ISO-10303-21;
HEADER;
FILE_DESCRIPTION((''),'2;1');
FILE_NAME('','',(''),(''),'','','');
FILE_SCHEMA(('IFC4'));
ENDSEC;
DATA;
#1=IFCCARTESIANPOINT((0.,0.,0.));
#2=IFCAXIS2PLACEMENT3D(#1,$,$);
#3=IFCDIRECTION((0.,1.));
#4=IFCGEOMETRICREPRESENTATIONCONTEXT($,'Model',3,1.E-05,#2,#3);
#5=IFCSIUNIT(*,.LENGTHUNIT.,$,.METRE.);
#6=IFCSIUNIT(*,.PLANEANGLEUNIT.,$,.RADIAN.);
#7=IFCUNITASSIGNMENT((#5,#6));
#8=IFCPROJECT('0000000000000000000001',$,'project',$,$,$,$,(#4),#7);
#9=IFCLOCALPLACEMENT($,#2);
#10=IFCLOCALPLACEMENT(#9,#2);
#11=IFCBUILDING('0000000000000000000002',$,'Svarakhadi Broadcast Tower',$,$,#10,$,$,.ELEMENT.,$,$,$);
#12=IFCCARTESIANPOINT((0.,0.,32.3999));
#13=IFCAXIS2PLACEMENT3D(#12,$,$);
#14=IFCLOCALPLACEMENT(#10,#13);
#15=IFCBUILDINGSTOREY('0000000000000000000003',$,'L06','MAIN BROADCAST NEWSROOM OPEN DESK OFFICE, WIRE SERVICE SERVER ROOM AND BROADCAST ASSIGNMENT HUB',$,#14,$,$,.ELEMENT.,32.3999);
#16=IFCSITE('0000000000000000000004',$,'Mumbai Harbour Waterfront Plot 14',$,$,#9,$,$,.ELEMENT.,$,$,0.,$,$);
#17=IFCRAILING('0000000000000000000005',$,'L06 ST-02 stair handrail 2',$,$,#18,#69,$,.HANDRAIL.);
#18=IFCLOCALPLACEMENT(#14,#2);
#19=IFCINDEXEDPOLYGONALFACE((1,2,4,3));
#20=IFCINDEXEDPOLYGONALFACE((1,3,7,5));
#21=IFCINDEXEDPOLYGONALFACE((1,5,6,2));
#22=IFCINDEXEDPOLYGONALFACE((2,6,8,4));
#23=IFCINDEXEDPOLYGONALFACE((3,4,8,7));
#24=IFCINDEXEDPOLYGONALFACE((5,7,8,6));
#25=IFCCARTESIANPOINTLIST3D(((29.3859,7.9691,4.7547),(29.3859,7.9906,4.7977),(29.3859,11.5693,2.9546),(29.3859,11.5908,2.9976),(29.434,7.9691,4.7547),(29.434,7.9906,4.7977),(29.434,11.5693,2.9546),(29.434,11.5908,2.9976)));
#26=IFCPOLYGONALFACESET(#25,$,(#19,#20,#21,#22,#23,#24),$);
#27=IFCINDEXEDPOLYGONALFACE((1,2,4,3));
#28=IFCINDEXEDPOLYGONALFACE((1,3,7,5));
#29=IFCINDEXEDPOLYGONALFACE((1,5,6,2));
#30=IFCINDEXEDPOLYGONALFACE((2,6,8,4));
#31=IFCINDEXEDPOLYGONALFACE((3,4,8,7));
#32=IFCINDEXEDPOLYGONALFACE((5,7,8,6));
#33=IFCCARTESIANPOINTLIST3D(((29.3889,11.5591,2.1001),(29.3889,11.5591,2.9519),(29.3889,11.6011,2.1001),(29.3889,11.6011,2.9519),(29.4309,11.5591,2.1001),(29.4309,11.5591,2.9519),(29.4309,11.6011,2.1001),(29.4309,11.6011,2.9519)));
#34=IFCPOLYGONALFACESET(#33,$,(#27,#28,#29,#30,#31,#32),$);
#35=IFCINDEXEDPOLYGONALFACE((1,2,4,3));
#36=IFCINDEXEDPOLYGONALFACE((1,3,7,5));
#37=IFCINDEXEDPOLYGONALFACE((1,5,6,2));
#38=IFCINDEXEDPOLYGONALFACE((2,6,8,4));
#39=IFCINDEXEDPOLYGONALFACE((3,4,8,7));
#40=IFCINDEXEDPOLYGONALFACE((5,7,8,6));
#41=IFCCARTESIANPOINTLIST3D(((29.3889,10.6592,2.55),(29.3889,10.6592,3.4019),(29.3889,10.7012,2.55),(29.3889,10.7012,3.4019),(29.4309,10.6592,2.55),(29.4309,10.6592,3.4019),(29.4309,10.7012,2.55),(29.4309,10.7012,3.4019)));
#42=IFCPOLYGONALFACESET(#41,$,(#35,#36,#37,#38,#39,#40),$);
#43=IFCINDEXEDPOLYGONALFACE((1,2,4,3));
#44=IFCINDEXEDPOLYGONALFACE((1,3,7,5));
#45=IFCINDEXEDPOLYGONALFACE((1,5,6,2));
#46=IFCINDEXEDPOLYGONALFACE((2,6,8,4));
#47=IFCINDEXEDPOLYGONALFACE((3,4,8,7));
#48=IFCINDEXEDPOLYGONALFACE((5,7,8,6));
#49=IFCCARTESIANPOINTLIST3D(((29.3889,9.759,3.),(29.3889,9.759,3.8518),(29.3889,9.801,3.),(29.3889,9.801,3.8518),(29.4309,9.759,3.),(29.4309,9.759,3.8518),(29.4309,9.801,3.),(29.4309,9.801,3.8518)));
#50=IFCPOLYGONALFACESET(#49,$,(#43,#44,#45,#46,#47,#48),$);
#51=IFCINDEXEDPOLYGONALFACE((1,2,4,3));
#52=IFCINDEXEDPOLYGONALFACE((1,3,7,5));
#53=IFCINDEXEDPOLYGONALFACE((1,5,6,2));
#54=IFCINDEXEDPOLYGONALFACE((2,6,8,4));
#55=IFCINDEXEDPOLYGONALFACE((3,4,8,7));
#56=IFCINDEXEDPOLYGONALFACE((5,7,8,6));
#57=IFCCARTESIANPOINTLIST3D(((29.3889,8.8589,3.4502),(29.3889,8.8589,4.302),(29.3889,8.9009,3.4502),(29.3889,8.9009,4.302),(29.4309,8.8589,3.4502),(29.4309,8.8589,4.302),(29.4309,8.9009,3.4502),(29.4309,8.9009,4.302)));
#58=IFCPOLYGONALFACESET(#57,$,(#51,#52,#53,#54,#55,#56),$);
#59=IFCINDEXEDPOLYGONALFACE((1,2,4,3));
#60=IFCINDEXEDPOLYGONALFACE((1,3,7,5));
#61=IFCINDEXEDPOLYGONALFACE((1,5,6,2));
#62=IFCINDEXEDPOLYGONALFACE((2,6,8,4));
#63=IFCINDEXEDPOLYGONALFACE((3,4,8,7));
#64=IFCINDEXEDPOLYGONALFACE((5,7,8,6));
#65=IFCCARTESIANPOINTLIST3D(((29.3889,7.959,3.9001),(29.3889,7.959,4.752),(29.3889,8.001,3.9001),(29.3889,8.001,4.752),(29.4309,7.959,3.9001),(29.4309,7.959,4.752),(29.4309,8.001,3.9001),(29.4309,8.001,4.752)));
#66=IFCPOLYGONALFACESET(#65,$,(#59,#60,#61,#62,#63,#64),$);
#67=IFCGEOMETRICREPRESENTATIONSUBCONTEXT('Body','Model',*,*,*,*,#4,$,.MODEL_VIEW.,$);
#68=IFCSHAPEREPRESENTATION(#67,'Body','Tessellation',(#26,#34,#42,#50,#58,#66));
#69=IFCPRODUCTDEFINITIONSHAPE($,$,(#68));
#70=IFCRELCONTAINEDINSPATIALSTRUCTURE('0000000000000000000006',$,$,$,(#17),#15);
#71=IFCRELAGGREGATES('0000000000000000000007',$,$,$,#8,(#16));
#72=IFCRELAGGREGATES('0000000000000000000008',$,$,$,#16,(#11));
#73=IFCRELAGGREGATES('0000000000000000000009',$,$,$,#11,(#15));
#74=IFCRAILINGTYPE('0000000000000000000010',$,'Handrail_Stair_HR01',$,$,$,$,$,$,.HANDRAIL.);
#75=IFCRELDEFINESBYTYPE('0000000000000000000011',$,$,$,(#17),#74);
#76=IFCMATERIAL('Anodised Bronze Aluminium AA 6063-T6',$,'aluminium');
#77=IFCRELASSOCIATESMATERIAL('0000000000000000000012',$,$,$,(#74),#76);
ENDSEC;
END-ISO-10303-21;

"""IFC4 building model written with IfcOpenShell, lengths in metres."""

from ifc_helpers import new_model, si_unit, direction, frame, origin, origin_2d, place, context, subcontext, project, spatial, rectangle, extrude, material, type_object, element, save


model = new_model("IFC4")

# Units and contexts
model_context = context("Model", 3, precision=1e-05, world=origin(), true_north=direction((0.0, 1.0)))
body_context = subcontext(model_context, "Body", "Model", "MODEL_VIEW")
ifc_project = project(units=[si_unit("LENGTHUNIT", "METRE"), si_unit("PLANEANGLEUNIT", "RADIAN")], contexts=[model_context])

# Site, building, storey
site_placement = place(None, origin())
site = spatial("IfcSite", under=ifc_project, at=site_placement, Name="Mumbai Harbour Waterfront Plot 14", CompositionType="ELEMENT", RefElevation=0.0)
building_placement = place(site_placement, origin())
building = spatial("IfcBuilding", under=site, at=building_placement, Name="Svarakhadi Broadcast Tower", CompositionType="ELEMENT")
storey_placement = place(building_placement, frame((0.0, 0.0, 32.3999)))
storey = spatial("IfcBuildingStorey", under=building, at=storey_placement, Name="L06", Description="MAIN BROADCAST NEWSROOM OPEN DESK OFFICE, WIRE SERVICE SERVER ROOM AND BROADCAST ASSIGNMENT HUB", CompositionType="ELEMENT", Elevation=32.3999)

# Shared definitions
ifc_material_1 = material(Name="Anodised Bronze Aluminium AA 6063-T6", Category="aluminium")

# Railing
railing_type_1 = type_object("IfcRailingType", Name="Handrail_Stair_HR01", PredefinedType="HANDRAIL", material=ifc_material_1)
railing_1_placement = place(storey_placement, frame((29.4099, 11.5801, 2.1001)))
element("IfcRailing", 1, at=railing_1_placement, inside=storey, type_object=railing_type_1, Name="L06 ST-02 stair handrail 2", PredefinedType="HANDRAIL", context=body_context, shape_type="SweptSolid", body=[
    extrude(rectangle(XDim=0.0481, YDim=0.0481, at=origin_2d()), frame((0.0, 0.0, 0.876), z_axis=(0.0, -0.894427, 0.447214), x_axis=(1.0, 0.0, 0.0)), (0.0, 0.0, 1.0), 4.0251),
    extrude(rectangle(XDim=0.042, YDim=0.042, at=origin_2d()), origin(), (0.0, 0.0, 1.0), 0.8518),
    extrude(rectangle(XDim=0.042, YDim=0.042, at=origin_2d()), frame((0.0, -0.8999, 0.45)), (0.0, 0.0, 1.0), 0.8518),
    extrude(rectangle(XDim=0.042, YDim=0.042, at=origin_2d()), frame((0.0, -1.8, 0.8999)), (0.0, 0.0, 1.0), 0.8518),
    extrude(rectangle(XDim=0.042, YDim=0.042, at=origin_2d()), frame((0.0, -2.7002, 1.3501)), (0.0, 0.0, 1.0), 0.8518),
    extrude(rectangle(XDim=0.042, YDim=0.042, at=origin_2d()), frame((0.0, -3.6001, 1.8)), (0.0, 0.0, 1.0), 0.8518),
])

save(model, "model.ifc")
